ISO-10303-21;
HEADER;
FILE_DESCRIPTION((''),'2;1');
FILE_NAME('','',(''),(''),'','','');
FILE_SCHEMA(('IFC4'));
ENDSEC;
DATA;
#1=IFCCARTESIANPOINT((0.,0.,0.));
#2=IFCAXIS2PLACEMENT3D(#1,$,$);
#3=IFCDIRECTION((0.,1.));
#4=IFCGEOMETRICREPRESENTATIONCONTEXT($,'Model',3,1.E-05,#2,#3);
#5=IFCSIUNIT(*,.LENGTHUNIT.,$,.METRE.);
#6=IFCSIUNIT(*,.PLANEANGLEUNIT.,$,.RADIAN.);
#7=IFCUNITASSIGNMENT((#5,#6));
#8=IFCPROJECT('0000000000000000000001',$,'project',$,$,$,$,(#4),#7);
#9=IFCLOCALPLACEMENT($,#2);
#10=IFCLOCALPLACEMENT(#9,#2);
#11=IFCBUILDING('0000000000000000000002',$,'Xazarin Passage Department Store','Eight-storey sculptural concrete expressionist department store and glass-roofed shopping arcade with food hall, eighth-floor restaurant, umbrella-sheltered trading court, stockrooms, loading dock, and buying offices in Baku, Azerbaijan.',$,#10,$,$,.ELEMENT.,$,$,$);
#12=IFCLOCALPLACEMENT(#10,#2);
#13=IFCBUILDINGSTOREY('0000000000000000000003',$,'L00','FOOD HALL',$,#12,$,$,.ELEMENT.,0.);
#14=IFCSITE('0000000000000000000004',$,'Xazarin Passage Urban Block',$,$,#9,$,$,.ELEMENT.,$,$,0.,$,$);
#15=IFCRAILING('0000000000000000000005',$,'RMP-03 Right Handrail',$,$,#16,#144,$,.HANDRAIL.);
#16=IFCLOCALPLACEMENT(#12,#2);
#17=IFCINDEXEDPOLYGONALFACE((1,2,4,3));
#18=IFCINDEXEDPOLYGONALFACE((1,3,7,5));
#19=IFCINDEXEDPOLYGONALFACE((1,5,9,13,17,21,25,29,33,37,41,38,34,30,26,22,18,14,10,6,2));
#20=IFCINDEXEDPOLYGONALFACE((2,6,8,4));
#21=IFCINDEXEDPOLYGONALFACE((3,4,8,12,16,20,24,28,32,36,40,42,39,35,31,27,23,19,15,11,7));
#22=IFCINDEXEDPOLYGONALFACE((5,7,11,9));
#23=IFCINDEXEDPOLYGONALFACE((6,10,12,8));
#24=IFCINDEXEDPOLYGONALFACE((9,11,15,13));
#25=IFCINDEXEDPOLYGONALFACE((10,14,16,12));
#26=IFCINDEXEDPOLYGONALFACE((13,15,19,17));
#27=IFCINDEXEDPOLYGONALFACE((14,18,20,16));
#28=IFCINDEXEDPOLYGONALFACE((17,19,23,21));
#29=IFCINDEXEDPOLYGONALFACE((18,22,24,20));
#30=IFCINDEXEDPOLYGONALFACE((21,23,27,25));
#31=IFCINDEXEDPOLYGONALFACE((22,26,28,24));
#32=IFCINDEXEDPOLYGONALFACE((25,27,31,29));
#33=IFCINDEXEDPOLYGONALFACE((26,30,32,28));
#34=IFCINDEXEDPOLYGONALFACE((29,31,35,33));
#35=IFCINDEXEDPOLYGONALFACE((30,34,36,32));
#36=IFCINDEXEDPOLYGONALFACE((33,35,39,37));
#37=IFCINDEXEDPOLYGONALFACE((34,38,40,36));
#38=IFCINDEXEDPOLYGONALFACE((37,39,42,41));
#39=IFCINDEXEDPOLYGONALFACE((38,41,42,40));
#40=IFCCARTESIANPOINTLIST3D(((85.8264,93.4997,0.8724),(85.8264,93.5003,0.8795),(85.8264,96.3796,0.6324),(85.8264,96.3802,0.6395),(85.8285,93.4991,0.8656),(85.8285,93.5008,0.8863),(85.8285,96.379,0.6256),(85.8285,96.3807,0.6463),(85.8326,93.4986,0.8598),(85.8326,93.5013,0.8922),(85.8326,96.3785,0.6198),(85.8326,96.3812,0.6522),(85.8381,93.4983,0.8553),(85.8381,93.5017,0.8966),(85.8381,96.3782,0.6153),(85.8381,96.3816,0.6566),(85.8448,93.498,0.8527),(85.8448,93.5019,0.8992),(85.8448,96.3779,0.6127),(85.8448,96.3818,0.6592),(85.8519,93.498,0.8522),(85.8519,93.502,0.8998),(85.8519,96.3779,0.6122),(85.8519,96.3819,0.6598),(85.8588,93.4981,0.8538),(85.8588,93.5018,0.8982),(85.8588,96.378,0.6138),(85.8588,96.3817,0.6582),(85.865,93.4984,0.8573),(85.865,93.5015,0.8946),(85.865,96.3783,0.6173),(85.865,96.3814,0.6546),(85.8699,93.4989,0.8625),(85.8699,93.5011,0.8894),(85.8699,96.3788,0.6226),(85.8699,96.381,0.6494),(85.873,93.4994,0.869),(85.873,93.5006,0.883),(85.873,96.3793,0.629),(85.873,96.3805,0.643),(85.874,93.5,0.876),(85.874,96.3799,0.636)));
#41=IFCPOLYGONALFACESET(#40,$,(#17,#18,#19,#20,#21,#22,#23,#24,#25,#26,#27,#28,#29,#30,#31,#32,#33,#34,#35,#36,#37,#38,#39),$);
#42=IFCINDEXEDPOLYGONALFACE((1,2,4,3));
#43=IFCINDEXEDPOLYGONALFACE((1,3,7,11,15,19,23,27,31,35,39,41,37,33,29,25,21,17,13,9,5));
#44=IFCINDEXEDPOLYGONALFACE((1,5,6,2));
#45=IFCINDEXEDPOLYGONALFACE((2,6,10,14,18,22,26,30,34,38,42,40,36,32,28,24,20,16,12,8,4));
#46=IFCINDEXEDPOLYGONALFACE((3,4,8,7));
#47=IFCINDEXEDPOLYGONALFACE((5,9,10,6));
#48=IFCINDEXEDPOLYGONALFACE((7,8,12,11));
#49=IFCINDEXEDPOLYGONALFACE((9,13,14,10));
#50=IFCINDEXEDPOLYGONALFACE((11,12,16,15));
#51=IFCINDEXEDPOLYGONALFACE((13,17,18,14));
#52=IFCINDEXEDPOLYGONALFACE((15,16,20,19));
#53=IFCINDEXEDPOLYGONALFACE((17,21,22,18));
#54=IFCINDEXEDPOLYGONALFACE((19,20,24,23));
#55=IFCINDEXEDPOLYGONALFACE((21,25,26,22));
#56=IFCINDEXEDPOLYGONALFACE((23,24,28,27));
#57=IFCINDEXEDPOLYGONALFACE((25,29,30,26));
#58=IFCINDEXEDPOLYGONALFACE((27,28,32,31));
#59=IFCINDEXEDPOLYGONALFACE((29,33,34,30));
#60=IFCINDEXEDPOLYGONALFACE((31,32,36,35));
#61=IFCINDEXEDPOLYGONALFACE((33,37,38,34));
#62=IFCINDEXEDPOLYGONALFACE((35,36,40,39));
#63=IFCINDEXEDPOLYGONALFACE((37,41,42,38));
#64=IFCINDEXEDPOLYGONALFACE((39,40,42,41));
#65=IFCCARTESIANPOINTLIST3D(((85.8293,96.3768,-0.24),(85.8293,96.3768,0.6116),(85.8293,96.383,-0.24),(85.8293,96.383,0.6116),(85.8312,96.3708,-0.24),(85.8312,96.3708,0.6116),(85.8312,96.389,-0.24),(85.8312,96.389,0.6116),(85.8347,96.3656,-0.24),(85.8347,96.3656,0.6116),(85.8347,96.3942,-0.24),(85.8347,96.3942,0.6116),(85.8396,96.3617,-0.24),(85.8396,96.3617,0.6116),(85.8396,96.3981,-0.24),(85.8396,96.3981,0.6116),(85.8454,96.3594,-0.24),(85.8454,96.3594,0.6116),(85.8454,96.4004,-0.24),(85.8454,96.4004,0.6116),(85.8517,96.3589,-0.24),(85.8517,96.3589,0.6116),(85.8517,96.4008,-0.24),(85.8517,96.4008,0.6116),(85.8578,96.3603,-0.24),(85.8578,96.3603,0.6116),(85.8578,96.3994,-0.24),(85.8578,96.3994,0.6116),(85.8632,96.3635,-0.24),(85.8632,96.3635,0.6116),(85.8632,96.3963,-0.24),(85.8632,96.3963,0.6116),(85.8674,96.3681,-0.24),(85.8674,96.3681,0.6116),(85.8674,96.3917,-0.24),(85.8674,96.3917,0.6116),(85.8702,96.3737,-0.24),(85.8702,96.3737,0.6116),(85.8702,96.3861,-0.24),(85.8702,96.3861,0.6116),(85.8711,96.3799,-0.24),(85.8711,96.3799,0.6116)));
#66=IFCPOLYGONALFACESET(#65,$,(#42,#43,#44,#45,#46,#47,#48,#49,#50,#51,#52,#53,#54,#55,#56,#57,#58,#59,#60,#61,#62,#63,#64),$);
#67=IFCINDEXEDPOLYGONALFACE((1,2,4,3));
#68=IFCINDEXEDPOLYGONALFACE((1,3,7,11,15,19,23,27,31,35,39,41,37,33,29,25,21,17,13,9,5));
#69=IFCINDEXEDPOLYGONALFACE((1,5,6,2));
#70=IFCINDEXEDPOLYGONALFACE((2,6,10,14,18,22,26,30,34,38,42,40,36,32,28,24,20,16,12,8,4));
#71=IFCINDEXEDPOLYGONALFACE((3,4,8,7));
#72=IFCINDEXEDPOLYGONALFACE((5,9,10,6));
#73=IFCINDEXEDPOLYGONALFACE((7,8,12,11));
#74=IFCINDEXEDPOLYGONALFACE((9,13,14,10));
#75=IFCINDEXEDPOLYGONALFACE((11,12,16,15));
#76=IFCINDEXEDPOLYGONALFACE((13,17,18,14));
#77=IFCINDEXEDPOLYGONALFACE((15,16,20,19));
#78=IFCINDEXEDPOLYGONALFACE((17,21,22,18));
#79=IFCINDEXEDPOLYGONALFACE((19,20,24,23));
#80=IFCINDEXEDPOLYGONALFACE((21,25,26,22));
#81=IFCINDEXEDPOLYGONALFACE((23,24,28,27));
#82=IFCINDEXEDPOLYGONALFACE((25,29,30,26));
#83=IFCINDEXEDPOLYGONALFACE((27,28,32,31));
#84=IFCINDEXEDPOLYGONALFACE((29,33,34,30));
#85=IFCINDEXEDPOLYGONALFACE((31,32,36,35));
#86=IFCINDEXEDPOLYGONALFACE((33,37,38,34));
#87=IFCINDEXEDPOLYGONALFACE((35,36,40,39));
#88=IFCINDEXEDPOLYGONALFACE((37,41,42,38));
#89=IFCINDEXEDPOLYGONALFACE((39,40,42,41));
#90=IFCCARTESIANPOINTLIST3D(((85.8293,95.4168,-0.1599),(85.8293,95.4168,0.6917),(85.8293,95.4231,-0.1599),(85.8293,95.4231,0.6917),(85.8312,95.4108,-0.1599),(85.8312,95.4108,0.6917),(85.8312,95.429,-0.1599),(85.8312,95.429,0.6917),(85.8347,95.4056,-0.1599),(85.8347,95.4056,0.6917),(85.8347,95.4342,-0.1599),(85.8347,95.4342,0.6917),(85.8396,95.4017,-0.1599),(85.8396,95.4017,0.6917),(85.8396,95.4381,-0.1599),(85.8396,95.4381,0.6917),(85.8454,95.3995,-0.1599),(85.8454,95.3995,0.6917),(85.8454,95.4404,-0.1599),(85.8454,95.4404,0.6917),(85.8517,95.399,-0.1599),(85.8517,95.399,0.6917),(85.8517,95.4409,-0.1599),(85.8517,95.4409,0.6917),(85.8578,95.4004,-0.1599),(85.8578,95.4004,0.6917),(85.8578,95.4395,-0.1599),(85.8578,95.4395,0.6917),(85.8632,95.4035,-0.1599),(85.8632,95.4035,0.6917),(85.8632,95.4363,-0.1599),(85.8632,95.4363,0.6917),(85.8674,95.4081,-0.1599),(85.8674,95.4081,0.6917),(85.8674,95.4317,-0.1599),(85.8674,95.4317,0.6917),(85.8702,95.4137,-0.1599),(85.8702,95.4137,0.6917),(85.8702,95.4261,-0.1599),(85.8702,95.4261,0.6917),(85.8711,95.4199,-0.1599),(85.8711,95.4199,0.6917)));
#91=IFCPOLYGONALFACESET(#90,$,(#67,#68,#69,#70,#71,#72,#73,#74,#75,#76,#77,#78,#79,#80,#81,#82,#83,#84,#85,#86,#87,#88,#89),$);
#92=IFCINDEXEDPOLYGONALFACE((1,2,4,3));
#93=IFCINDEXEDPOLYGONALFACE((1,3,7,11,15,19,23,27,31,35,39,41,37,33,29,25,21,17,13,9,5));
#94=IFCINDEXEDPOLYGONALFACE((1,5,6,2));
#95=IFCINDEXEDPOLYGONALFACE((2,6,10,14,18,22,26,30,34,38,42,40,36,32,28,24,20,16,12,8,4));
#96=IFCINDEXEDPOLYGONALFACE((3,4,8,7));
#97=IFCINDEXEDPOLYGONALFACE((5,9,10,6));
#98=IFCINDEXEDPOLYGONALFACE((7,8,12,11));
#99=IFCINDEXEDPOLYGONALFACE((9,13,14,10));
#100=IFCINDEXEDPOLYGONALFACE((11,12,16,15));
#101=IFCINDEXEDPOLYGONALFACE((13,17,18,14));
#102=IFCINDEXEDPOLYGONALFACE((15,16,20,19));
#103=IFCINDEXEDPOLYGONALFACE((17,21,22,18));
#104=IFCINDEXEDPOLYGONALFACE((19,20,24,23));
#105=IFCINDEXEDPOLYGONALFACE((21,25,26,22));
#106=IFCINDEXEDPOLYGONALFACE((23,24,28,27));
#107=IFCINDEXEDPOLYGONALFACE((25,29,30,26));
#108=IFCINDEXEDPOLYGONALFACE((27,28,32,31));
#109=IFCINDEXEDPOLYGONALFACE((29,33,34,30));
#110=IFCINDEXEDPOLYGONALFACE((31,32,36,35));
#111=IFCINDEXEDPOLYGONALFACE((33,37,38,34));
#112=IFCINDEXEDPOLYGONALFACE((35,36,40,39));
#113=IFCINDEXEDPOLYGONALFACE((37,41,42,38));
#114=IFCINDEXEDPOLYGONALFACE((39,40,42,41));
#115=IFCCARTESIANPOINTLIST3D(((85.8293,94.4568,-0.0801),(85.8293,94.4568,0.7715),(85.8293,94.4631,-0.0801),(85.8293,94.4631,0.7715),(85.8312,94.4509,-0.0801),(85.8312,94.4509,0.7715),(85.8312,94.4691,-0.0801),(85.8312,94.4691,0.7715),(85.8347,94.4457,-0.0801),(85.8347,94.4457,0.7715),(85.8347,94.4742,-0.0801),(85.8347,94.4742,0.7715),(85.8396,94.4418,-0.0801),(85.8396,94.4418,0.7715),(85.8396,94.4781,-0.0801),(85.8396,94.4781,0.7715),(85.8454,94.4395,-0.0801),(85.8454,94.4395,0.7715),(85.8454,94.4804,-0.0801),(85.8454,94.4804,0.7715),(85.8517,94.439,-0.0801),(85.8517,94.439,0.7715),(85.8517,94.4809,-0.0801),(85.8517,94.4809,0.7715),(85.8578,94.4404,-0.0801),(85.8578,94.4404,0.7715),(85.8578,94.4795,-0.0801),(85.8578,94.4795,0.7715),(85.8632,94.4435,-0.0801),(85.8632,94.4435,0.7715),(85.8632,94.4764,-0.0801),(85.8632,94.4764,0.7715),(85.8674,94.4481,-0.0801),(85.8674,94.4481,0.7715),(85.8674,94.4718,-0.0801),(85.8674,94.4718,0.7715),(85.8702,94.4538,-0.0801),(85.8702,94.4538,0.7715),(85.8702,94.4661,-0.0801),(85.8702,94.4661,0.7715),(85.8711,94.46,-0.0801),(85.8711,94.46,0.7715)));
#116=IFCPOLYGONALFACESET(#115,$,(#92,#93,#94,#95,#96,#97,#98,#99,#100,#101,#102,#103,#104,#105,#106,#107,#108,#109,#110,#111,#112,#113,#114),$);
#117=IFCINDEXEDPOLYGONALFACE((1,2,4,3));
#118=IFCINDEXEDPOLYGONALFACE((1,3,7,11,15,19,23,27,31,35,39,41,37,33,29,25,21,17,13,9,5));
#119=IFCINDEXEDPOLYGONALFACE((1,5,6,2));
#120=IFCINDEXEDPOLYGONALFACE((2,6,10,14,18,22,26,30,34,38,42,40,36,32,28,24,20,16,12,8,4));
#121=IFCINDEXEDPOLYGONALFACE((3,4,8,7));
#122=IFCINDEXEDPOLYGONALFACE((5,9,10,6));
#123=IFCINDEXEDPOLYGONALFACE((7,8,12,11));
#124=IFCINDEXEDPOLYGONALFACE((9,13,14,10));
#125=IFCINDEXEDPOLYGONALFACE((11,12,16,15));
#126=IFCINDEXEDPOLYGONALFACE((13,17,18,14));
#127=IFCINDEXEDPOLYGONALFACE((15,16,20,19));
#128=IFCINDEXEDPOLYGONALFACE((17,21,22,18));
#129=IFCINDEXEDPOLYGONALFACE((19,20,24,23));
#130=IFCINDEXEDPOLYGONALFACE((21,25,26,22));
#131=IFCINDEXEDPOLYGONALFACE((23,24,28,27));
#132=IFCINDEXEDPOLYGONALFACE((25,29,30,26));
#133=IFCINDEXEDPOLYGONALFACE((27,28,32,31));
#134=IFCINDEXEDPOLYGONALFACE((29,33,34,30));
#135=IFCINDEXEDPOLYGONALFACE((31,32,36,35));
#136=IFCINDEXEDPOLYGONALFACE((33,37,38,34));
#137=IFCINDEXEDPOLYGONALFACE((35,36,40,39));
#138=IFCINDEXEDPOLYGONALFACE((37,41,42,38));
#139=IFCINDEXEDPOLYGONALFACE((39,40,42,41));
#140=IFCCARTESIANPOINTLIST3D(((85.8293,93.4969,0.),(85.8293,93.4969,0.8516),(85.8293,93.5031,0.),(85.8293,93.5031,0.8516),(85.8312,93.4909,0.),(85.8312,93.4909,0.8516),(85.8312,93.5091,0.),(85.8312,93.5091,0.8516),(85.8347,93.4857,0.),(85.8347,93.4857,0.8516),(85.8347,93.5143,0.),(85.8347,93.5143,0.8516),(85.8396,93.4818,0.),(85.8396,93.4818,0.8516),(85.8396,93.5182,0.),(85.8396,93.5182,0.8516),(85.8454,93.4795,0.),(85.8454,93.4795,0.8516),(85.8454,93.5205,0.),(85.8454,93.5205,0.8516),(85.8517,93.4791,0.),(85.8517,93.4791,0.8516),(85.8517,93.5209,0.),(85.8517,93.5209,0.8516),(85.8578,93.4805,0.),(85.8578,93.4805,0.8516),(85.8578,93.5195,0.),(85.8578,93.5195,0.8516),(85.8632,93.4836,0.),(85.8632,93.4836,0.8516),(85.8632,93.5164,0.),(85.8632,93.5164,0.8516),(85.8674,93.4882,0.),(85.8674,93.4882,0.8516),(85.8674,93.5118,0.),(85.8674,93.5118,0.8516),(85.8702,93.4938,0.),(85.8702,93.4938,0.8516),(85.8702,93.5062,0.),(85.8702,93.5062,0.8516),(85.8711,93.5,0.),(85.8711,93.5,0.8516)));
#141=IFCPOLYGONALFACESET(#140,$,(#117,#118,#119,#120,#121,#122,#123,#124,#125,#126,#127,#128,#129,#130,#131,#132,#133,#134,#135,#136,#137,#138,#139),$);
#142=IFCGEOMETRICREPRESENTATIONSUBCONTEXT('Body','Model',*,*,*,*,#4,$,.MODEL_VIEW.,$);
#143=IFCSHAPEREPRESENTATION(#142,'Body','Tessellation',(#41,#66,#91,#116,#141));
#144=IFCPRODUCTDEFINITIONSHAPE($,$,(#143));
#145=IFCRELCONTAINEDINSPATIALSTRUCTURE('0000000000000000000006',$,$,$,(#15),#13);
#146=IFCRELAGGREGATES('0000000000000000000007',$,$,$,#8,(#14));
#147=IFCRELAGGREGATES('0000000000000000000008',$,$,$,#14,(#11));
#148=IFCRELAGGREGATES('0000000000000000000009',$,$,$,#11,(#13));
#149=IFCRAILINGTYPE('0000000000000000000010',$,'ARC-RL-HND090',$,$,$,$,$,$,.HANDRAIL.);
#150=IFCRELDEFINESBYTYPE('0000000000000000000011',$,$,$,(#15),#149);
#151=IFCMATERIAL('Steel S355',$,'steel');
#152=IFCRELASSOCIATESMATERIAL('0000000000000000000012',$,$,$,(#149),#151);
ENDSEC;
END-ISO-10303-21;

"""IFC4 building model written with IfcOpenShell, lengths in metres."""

from ifc_helpers import new_model, si_unit, direction, frame, origin, origin_2d, place, context, subcontext, project, spatial, circle, extrude, material, type_object, element, save


model = new_model("IFC4")

# Units and contexts
model_context = context("Model", 3, precision=1e-05, world=origin(), true_north=direction((0.0, 1.0)))
body_context = subcontext(model_context, "Body", "Model", "MODEL_VIEW")
ifc_project = project(units=[si_unit("LENGTHUNIT", "METRE"), si_unit("PLANEANGLEUNIT", "RADIAN")], contexts=[model_context])

# Site, building, storey
site_placement = place(None, origin())
site = spatial("IfcSite", under=ifc_project, at=site_placement, Name="Xazarin Passage Urban Block", CompositionType="ELEMENT", RefElevation=0.0)
building_placement = place(site_placement, origin())
building = spatial("IfcBuilding", under=site, at=building_placement, Name="Xazarin Passage Department Store", Description="Eight-storey sculptural concrete expressionist department store and glass-roofed shopping arcade with food hall, eighth-floor restaurant, umbrella-sheltered trading court, stockrooms, loading dock, and buying offices in Baku, Azerbaijan.", CompositionType="ELEMENT")
storey_placement = place(building_placement, origin())
storey = spatial("IfcBuildingStorey", under=building, at=storey_placement, Name="L00", Description="FOOD HALL", CompositionType="ELEMENT", Elevation=0.0)

# Railing
ifc_material_1 = material(Name="Steel S355", Category="steel")
railing_type = type_object("IfcRailingType", Name="ARC-RL-HND090", PredefinedType="HANDRAIL", material=ifc_material_1)
for number, where, name in (
    (1, (85.8501, 96.3799, -0.24), "RMP-03 Right Handrail"),
):
    element("IfcRailing", number, at=place(storey_placement, frame(where)), inside=storey, type_object=railing_type, Name=name, PredefinedType="HANDRAIL", context=body_context, shape_type="SweptSolid", body=[
        extrude(circle(Radius=0.0239, at=origin_2d()), frame((0.0, 0.0, 0.876), z_axis=(0.0, -0.996546, 0.083045), x_axis=(1.0, 0.0, 0.0)), (0.0, 0.0, 1.0), 2.8899),
        extrude(circle(Radius=0.021, at=origin_2d()), origin(), (0.0, 0.0, 1.0), 0.8516),
        extrude(circle(Radius=0.021, at=origin_2d()), frame((0.0, -0.96, 0.0801)), (0.0, 0.0, 1.0), 0.8516),
        extrude(circle(Radius=0.021, at=origin_2d()), frame((0.0, -1.9199, 0.1599)), (0.0, 0.0, 1.0), 0.8516),
        extrude(circle(Radius=0.021, at=origin_2d()), frame((0.0, -2.8799, 0.24)), (0.0, 0.0, 1.0), 0.8516),
    ])

save(model, "model.ifc")
